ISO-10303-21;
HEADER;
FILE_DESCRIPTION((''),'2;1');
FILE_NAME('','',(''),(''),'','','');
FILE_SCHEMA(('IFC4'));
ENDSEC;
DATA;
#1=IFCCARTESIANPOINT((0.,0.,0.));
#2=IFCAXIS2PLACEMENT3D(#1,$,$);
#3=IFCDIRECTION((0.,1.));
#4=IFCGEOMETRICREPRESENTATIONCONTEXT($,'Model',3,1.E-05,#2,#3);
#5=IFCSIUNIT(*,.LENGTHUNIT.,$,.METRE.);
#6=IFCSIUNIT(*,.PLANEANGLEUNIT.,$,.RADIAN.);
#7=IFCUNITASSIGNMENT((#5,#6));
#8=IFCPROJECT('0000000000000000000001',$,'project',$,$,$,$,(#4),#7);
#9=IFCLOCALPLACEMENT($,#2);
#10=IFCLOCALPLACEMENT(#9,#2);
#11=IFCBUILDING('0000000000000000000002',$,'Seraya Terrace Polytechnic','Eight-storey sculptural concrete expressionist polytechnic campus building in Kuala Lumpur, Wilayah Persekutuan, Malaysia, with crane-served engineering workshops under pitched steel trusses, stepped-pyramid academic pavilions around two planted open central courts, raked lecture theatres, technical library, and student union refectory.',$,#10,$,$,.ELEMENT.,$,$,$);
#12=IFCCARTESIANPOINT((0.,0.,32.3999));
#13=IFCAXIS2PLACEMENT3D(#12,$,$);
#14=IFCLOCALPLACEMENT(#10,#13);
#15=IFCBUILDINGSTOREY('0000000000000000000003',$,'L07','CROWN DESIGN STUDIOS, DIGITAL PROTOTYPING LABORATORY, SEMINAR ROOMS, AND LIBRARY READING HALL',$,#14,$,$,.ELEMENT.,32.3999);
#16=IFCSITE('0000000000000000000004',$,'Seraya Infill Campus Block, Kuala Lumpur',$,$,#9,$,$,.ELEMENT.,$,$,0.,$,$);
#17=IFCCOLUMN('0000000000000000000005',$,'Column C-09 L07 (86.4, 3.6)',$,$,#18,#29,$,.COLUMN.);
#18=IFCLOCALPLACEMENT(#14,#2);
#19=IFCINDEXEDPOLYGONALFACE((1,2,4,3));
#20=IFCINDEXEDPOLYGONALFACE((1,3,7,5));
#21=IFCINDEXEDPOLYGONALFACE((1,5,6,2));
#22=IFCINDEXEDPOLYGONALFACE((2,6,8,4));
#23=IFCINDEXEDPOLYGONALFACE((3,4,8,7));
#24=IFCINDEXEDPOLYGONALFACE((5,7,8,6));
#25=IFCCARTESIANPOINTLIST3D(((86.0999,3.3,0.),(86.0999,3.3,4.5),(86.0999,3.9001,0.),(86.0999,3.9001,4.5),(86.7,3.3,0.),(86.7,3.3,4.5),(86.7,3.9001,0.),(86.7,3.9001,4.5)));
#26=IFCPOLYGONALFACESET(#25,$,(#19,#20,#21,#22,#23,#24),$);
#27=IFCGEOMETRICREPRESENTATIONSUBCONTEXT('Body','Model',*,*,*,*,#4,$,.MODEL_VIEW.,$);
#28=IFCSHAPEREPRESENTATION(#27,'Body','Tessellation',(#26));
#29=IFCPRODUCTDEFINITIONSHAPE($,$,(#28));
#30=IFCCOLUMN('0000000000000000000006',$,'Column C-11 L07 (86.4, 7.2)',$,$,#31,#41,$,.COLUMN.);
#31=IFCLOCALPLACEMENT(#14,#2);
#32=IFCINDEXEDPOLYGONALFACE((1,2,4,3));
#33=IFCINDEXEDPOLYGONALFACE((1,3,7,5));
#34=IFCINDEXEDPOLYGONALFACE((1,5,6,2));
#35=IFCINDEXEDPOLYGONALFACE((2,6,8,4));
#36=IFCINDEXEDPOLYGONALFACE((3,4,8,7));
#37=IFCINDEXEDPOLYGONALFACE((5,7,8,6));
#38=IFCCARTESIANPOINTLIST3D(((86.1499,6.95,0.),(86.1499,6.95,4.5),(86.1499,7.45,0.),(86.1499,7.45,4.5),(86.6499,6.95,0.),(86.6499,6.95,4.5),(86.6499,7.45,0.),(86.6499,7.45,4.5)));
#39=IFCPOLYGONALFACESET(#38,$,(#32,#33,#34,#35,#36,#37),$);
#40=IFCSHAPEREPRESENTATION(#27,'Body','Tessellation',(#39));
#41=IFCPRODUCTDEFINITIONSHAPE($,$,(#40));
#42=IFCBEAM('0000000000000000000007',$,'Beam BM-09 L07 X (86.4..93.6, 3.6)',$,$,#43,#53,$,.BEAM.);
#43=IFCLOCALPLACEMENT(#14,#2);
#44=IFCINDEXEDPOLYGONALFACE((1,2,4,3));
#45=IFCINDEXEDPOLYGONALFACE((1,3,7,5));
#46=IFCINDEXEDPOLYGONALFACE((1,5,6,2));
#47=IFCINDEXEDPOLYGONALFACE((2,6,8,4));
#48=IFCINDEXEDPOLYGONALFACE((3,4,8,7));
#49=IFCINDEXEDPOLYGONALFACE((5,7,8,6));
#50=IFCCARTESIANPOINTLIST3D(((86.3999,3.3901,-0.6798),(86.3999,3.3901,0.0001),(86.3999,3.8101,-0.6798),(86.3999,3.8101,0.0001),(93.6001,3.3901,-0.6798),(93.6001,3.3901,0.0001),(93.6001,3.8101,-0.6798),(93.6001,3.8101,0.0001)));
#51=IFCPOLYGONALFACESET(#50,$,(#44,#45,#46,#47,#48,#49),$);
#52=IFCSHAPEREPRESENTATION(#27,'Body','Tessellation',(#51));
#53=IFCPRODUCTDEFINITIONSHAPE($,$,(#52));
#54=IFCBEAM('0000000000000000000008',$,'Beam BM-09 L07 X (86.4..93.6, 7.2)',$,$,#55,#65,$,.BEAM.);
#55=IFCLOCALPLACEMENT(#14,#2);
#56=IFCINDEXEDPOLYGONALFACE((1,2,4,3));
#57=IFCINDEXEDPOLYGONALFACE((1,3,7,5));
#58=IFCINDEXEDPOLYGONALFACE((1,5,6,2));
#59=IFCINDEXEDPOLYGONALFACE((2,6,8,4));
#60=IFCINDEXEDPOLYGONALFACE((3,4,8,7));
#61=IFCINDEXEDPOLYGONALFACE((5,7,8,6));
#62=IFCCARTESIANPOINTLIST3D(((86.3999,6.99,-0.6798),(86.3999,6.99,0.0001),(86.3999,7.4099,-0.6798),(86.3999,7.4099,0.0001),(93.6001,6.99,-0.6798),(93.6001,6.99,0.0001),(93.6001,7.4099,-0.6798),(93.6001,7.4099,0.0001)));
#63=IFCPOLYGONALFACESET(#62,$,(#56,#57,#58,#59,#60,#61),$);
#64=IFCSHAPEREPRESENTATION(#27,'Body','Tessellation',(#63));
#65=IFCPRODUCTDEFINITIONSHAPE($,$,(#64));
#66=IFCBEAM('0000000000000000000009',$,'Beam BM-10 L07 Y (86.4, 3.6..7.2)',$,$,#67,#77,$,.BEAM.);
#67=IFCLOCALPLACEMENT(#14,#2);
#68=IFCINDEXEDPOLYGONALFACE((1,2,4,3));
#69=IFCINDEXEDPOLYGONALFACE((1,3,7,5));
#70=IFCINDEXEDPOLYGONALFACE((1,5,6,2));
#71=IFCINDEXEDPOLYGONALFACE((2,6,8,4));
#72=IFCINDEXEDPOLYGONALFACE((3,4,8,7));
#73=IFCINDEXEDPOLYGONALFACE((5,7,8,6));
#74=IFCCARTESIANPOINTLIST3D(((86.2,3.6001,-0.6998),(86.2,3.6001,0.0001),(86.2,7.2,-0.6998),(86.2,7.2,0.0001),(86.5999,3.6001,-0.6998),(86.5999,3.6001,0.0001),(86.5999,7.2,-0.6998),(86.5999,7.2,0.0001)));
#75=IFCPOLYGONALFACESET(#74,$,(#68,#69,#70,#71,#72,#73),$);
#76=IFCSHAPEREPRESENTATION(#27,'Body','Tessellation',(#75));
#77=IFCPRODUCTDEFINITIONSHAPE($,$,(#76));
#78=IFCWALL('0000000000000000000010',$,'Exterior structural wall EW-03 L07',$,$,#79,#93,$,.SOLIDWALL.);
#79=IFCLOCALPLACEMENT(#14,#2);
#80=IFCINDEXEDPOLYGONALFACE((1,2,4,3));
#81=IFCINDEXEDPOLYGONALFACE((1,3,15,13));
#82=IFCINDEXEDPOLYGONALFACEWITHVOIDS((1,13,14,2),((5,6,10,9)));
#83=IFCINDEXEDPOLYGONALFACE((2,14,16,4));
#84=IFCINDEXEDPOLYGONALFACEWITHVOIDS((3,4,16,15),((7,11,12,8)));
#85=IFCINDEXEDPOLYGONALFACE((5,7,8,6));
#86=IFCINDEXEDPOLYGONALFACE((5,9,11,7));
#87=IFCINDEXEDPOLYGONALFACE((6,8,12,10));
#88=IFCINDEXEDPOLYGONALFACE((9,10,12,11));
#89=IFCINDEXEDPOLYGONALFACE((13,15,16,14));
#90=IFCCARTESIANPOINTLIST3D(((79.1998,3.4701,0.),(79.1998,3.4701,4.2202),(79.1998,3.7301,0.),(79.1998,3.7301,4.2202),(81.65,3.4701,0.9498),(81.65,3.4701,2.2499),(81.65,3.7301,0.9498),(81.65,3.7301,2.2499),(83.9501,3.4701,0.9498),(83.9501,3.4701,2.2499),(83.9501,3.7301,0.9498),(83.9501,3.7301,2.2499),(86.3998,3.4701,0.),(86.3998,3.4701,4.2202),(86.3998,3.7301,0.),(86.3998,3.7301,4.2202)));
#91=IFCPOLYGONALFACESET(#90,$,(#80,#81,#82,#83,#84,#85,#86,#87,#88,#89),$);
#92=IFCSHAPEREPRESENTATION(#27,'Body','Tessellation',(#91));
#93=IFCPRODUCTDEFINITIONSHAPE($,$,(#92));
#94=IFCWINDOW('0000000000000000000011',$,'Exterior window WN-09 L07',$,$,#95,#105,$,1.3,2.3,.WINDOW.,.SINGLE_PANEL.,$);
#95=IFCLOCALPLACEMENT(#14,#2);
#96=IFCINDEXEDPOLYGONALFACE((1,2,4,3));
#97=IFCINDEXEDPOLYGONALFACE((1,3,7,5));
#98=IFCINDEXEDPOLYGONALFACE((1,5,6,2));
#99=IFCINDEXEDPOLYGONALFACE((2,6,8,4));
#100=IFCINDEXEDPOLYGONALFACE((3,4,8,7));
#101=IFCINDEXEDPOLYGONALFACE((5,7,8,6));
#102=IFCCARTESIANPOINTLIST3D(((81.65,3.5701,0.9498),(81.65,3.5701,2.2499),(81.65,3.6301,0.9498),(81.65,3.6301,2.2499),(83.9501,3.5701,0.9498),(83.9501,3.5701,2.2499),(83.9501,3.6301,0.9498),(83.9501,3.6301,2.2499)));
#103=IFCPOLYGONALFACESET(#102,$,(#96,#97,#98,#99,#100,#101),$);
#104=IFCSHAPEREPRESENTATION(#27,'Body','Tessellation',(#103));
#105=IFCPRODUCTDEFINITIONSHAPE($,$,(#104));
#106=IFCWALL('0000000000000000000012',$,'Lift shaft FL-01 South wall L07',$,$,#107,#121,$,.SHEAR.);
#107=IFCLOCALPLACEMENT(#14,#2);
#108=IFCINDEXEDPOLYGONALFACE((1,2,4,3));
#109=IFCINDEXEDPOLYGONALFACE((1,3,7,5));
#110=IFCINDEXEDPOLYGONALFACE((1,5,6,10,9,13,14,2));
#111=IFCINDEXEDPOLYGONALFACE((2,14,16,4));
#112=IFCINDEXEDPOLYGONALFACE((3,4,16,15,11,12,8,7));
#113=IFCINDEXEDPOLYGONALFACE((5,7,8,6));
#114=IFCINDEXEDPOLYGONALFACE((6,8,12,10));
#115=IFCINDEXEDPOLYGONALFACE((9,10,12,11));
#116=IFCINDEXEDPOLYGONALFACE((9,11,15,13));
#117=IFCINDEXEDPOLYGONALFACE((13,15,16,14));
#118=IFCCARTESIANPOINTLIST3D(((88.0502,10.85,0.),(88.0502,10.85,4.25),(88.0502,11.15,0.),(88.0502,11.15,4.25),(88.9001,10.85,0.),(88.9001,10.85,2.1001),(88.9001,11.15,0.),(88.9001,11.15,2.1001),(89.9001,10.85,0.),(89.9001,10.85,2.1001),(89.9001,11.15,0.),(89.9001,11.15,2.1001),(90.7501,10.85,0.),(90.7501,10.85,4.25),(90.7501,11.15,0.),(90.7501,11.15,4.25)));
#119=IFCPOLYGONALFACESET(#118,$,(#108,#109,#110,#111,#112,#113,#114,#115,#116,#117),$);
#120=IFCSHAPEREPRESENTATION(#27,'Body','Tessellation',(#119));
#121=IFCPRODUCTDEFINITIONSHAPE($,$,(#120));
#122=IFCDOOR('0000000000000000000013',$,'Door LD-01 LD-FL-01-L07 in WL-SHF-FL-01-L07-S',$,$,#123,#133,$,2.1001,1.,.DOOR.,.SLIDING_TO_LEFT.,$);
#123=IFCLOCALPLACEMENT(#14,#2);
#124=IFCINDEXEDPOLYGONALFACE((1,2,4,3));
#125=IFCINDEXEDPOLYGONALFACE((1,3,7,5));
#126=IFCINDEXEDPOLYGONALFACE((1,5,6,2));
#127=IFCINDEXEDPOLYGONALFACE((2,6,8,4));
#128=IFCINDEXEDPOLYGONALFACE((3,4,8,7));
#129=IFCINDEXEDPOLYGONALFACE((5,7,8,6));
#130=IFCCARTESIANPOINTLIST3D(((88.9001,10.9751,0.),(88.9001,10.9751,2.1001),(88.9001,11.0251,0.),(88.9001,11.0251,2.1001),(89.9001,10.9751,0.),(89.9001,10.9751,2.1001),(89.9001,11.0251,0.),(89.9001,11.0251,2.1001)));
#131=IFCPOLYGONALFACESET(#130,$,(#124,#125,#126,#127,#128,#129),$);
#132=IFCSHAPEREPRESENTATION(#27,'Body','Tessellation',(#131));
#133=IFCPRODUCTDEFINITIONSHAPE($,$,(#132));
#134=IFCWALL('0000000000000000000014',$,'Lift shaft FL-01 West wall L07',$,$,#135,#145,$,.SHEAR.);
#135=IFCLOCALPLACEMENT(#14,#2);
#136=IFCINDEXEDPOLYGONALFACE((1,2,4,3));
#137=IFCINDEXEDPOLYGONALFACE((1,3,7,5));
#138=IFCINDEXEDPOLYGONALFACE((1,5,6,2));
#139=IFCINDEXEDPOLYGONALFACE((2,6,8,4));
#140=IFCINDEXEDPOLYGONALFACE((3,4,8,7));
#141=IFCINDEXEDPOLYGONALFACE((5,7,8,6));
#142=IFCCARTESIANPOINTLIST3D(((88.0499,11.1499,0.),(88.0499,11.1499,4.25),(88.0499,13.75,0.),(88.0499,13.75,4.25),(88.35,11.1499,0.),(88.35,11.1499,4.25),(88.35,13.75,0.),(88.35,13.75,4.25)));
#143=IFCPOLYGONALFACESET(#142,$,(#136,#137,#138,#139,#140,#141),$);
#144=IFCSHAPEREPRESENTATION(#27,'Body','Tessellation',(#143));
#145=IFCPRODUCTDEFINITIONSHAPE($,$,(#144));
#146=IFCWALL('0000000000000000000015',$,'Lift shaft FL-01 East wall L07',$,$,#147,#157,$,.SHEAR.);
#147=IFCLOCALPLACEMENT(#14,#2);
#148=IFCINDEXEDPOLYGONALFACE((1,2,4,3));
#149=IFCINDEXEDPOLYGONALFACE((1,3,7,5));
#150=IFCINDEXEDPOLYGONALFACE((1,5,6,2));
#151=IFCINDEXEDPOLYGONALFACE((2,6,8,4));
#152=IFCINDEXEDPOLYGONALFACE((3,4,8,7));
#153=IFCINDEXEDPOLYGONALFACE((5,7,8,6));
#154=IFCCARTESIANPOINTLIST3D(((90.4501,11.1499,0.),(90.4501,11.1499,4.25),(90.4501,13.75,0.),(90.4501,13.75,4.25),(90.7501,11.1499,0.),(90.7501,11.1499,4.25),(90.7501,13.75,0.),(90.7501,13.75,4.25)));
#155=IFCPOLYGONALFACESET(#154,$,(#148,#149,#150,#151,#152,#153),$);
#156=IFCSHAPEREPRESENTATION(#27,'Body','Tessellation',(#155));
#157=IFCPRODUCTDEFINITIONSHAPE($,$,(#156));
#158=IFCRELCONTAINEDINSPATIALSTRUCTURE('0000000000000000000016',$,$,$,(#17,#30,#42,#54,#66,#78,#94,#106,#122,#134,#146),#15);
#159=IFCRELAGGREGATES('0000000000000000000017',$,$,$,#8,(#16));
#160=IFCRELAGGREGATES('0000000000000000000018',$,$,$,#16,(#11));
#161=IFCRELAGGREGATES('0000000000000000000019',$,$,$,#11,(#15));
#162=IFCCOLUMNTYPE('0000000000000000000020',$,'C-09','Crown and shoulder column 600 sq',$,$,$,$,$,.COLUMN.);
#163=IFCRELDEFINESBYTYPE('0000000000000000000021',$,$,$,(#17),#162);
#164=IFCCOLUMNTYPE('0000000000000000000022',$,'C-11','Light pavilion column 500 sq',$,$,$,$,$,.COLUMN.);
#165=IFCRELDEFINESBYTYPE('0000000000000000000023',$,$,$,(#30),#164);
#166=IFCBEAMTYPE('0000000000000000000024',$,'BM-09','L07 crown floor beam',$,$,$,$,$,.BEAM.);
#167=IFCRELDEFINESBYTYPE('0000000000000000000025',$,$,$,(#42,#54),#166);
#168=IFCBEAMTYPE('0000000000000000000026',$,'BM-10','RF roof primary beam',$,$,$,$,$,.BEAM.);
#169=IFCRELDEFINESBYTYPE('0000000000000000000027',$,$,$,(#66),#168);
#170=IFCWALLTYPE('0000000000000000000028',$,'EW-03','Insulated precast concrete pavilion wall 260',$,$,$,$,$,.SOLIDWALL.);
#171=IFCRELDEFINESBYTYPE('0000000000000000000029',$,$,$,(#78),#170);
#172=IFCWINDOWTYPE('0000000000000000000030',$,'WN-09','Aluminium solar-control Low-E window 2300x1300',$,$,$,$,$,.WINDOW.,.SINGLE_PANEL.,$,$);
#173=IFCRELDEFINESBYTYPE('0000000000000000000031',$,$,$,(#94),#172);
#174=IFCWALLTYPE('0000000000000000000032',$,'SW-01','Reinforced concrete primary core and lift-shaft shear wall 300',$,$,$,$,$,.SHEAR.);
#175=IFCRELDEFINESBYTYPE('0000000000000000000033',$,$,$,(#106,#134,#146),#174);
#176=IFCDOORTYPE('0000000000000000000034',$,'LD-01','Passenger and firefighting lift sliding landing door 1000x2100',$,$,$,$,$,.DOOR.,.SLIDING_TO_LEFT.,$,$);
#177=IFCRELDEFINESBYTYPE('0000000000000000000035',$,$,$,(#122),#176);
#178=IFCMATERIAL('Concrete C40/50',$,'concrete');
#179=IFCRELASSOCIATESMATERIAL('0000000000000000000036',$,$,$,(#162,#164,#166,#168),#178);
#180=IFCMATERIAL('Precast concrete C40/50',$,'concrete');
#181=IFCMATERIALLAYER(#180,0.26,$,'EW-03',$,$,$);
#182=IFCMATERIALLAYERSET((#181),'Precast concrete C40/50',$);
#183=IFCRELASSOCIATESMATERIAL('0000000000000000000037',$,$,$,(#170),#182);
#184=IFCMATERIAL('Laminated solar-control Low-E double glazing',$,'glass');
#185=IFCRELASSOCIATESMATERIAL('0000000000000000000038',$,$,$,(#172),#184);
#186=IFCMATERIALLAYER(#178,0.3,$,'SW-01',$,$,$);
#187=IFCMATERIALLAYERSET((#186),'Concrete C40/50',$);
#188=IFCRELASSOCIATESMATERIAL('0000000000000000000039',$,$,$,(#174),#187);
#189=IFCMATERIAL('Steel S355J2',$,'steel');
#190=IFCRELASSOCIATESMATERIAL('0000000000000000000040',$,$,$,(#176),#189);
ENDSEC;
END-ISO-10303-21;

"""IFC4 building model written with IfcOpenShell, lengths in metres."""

from ifc_helpers import new_model, si_unit, direction, frame, frame_2d, origin, origin_2d, place, context, subcontext, project, spatial, rectangle, extrude, material, layer, layer_set, material_profile, profile_set, type_object, element, fill, save


model = new_model("IFC4")

# Units and contexts
model_context = context("Model", 3, precision=1e-05, world=origin(), true_north=direction((0.0, 1.0)))
body_context = subcontext(model_context, "Body", "Model", "MODEL_VIEW")
ifc_project = project(units=[si_unit("LENGTHUNIT", "METRE"), si_unit("PLANEANGLEUNIT", "RADIAN")], contexts=[model_context])

# Site, building, storey
site_placement = place(None, origin())
site = spatial("IfcSite", under=ifc_project, at=site_placement, Name="Seraya Infill Campus Block, Kuala Lumpur", CompositionType="ELEMENT", RefElevation=0.0)
building_placement = place(site_placement, origin())
building = spatial("IfcBuilding", under=site, at=building_placement, Name="Seraya Terrace Polytechnic", Description="Eight-storey sculptural concrete expressionist polytechnic campus building in Kuala Lumpur, Wilayah Persekutuan, Malaysia, with crane-served engineering workshops under pitched steel trusses, stepped-pyramid academic pavilions around two planted open central courts, raked lecture theatres, technical library, and student union refectory.", CompositionType="ELEMENT")
storey_placement = place(building_placement, frame((0.0, 0.0, 32.3999)))
storey = spatial("IfcBuildingStorey", under=building, at=storey_placement, Name="L07", Description="CROWN DESIGN STUDIOS, DIGITAL PROTOTYPING LABORATORY, SEMINAR ROOMS, AND LIBRARY READING HALL", CompositionType="ELEMENT", Elevation=32.3999)

# Columns
ifc_material_1 = material(Name="Concrete C40/50", Category="concrete")
ifc_material_profile_1 = material_profile(ifc_material_1, rectangle(XDim=0.6001, YDim=0.6001, at=origin_2d()), Name="RC 600x600")
ifc_profile_set_1 = profile_set([ifc_material_profile_1], Name="Concrete C40/50")
column_type_1 = type_object("IfcColumnType", Name="C-09", Description="Crown and shoulder column 600 sq", PredefinedType="COLUMN", material=ifc_profile_set_1)
column_1_placement = place(storey_placement, frame((86.3999, 3.6001, 0.0), z_axis=(0.0, 0.0, 1.0), x_axis=(1.0, 0.0, 0.0)))
element("IfcColumn", 1, at=column_1_placement, inside=storey, type_object=column_type_1, Name="Column C-09 L07 (86.4, 3.6)", PredefinedType="COLUMN", context=body_context, shape_type="SweptSolid", body=[
    extrude(rectangle(XDim=0.6001, YDim=0.6001, at=origin_2d()), origin(), (0.0, 0.0, 1.0), 4.5),
])
ifc_material_profile_2 = material_profile(ifc_material_1, rectangle(XDim=0.5, YDim=0.5, at=origin_2d()), Name="RC 500x500")
ifc_profile_set_2 = profile_set([ifc_material_profile_2], Name="Concrete C40/50")
column_type_2 = type_object("IfcColumnType", Name="C-11", Description="Light pavilion column 500 sq", PredefinedType="COLUMN", material=ifc_profile_set_2)
column_2_placement = place(storey_placement, frame((86.3999, 7.2, 0.0), z_axis=(0.0, 0.0, 1.0), x_axis=(1.0, 0.0, 0.0)))
element("IfcColumn", 2, at=column_2_placement, inside=storey, type_object=column_type_2, Name="Column C-11 L07 (86.4, 7.2)", PredefinedType="COLUMN", context=body_context, shape_type="SweptSolid", body=[
    extrude(rectangle(XDim=0.5, YDim=0.5, at=origin_2d()), origin(), (0.0, 0.0, 1.0), 4.5),
])

# Beams
ifc_material_profile_3 = material_profile(ifc_material_1, rectangle(XDim=0.4199, YDim=0.6799, at=origin_2d()), Name="RC 420x680")
ifc_profile_set_3 = profile_set([ifc_material_profile_3], Name="Concrete C40/50")
beam_type_1 = type_object("IfcBeamType", Name="BM-09", Description="L07 crown floor beam", PredefinedType="BEAM", material=ifc_profile_set_3)
for number, where, z_axis, x_axis, name in (
    (3, (86.3999, 3.6001, -0.3398), (1.0, 0.0, 0.0), (0.0, 1.0, 0.0), "Beam BM-09 L07 X (86.4..93.6, 3.6)"),
    (4, (86.3999, 7.2, -0.3398), (1.0, 0.0, 0.0), (0.0, 1.0, 0.0), "Beam BM-09 L07 X (86.4..93.6, 7.2)"),
):
    element("IfcBeam", number, at=place(storey_placement, frame(where, z_axis=z_axis, x_axis=x_axis)), inside=storey, type_object=beam_type_1, Name=name, PredefinedType="BEAM", context=body_context, shape_type="SweptSolid", body=[
        extrude(rectangle(XDim=0.4199, YDim=0.6799, at=origin_2d()), origin(), (0.0, 0.0, 1.0), 7.2002),
    ])
ifc_material_profile_4 = material_profile(ifc_material_1, rectangle(XDim=0.3999, YDim=0.7, at=origin_2d()), Name="RC 400x700")
ifc_profile_set_4 = profile_set([ifc_material_profile_4], Name="Concrete C40/50")
beam_type_2 = type_object("IfcBeamType", Name="BM-10", Description="RF roof primary beam", PredefinedType="BEAM", material=ifc_profile_set_4)
beam_placement = place(storey_placement, frame((86.3999, 3.6001, -0.3499), z_axis=(0.0, 1.0, 0.0), x_axis=(-1.0, 0.0, 0.0)))
element("IfcBeam", 5, at=beam_placement, inside=storey, type_object=beam_type_2, Name="Beam BM-10 L07 Y (86.4, 3.6..7.2)", PredefinedType="BEAM", context=body_context, shape_type="SweptSolid", body=[
    extrude(rectangle(XDim=0.3999, YDim=0.7, at=origin_2d()), origin(), (0.0, 0.0, 1.0), 3.5999),
])

# Wall, opening, window
ifc_material_2 = material(Name="Precast concrete C40/50", Category="concrete")
ifc_layer_1 = layer(ifc_material_2, 0.26, Name="EW-03")
ifc_layer_set_1 = layer_set([ifc_layer_1], Name="Precast concrete C40/50")
wall_type_1 = type_object("IfcWallType", Name="EW-03", Description="Insulated precast concrete pavilion wall 260", PredefinedType="SOLIDWALL", material=ifc_layer_set_1)
wall_1_placement = place(storey_placement, frame((86.3999, 3.6001, 0.0), z_axis=(0.0, 0.0, 1.0), x_axis=(-1.0, 0.0, 0.0)))
wall_1 = element("IfcWall", 6, at=wall_1_placement, inside=storey, type_object=wall_type_1, Name="Exterior structural wall EW-03 L07", PredefinedType="SOLIDWALL", context=body_context, shape_type="SweptSolid", body=[
    extrude(rectangle(XDim=7.2, YDim=0.26, at=frame_2d((3.6001, 0.0))), origin(), (0.0, 0.0, 1.0), 4.2202),
])
opening_1_placement = place(wall_1_placement, frame((2.45, 0.0, 0.95)))
opening_1 = element("IfcOpeningElement", 7, at=opening_1_placement, cuts=wall_1, PredefinedType="OPENING", context=body_context, shape_type="SweptSolid", body=[
    extrude(rectangle(XDim=2.3, YDim=1.3, at=frame_2d((1.1499, 0.6499))), frame((0.0, 0.1421, 0.0), z_axis=(0.0, -1.0, 0.0), x_axis=(1.0, 0.0, 0.0)), (0.0, 0.0, 1.0), 0.2839),
])
ifc_material_3 = material(Name="Laminated solar-control Low-E double glazing", Category="glass")
window_type = type_object("IfcWindowType", Name="WN-09", Description="Aluminium solar-control Low-E window 2300x1300", PartitioningType="SINGLE_PANEL", PredefinedType="WINDOW", material=ifc_material_3)
window_placement = place(opening_1_placement, origin())
window = element("IfcWindow", 8, at=window_placement, inside=storey, type_object=window_type, Name="Exterior window WN-09 L07", OverallHeight=1.3, OverallWidth=2.3, PartitioningType="SINGLE_PANEL", PredefinedType="WINDOW", context=body_context, shape_type="SweptSolid", body=[
    extrude(rectangle(XDim=2.3, YDim=1.3, at=frame_2d((1.1499, 0.6499))), frame((0.0, 0.03, 0.0), z_axis=(0.0, -1.0, 0.0), x_axis=(1.0, 0.0, 0.0)), (0.0, 0.0, 1.0), 0.0601),
])
fill(opening_1, window)

# Wall, opening, door
ifc_layer_2 = layer(ifc_material_1, 0.3, Name="SW-01")
ifc_layer_set_2 = layer_set([ifc_layer_2], Name="Concrete C40/50")
wall_type_2 = type_object("IfcWallType", Name="SW-01", Description="Reinforced concrete primary core and lift-shaft shear wall 300", PredefinedType="SHEAR", material=ifc_layer_set_2)
wall_2_placement = place(storey_placement, frame((88.05, 11.0, 0.0), z_axis=(0.0, 0.0, 1.0), x_axis=(1.0, 0.0, 0.0)))
wall_2 = element("IfcWall", 9, at=wall_2_placement, inside=storey, type_object=wall_type_2, Name="Lift shaft FL-01 South wall L07", PredefinedType="SHEAR", context=body_context, shape_type="SweptSolid", body=[
    extrude(rectangle(XDim=2.7, YDim=0.3, at=frame_2d((1.3501, 0.0))), origin(), (0.0, 0.0, 1.0), 4.25),
])
opening_2_placement = place(wall_2_placement, frame((0.8501, 0.0, 0.0)))
opening_2 = element("IfcOpeningElement", 10, at=opening_2_placement, cuts=wall_2, PredefinedType="OPENING", context=body_context, shape_type="SweptSolid", body=[
    extrude(rectangle(XDim=1.0, YDim=2.1001, at=frame_2d((0.5, 1.05))), frame((0.0, 0.1621, 0.0), z_axis=(0.0, -1.0, 0.0), x_axis=(1.0, 0.0, 0.0)), (0.0, 0.0, 1.0), 0.324),
])
ifc_material_4 = material(Name="Steel S355J2", Category="steel")
door_type_1 = type_object("IfcDoorType", Name="LD-01", Description="Passenger and firefighting lift sliding landing door 1000x2100", OperationType="SLIDING_TO_LEFT", PredefinedType="DOOR", material=ifc_material_4)
door_1_placement = place(opening_2_placement, frame((1.0, 0.0, 0.0), z_axis=(0.0, 0.0, 1.0), x_axis=(-1.0, 0.0, 0.0)))
door_1 = element("IfcDoor", 11, at=door_1_placement, inside=storey, type_object=door_type_1, Name="Door LD-01 LD-FL-01-L07 in WL-SHF-FL-01-L07-S", OperationType="SLIDING_TO_LEFT", OverallHeight=2.1001, OverallWidth=1.0, PredefinedType="DOOR", context=body_context, shape_type="SweptSolid", body=[
    extrude(rectangle(XDim=1.0, YDim=2.1001, at=frame_2d((0.5, 1.05))), frame((0.0, 0.0249, 0.0), z_axis=(0.0, -1.0, 0.0), x_axis=(1.0, 0.0, 0.0)), (0.0, 0.0, 1.0), 0.05),
])
fill(opening_2, door_1)

# Walls
for number, where, z_axis, x_axis, name in (
    (12, (88.2, 11.1499, 0.0), (0.0, 0.0, 1.0), (0.0, 1.0, 0.0), "Lift shaft FL-01 West wall L07"),
    (13, (90.6001, 11.1499, 0.0), (0.0, 0.0, 1.0), (0.0, 1.0, 0.0), "Lift shaft FL-01 East wall L07"),
):
    element("IfcWall", number, at=place(storey_placement, frame(where, z_axis=z_axis, x_axis=x_axis)), inside=storey, type_object=wall_type_2, Name=name, PredefinedType="SHEAR", context=body_context, shape_type="SweptSolid", body=[
        extrude(rectangle(XDim=2.6001, YDim=0.3, at=frame_2d((1.3, 0.0))), origin(), (0.0, 0.0, 1.0), 4.25),
    ])

save(model, "model.ifc")
